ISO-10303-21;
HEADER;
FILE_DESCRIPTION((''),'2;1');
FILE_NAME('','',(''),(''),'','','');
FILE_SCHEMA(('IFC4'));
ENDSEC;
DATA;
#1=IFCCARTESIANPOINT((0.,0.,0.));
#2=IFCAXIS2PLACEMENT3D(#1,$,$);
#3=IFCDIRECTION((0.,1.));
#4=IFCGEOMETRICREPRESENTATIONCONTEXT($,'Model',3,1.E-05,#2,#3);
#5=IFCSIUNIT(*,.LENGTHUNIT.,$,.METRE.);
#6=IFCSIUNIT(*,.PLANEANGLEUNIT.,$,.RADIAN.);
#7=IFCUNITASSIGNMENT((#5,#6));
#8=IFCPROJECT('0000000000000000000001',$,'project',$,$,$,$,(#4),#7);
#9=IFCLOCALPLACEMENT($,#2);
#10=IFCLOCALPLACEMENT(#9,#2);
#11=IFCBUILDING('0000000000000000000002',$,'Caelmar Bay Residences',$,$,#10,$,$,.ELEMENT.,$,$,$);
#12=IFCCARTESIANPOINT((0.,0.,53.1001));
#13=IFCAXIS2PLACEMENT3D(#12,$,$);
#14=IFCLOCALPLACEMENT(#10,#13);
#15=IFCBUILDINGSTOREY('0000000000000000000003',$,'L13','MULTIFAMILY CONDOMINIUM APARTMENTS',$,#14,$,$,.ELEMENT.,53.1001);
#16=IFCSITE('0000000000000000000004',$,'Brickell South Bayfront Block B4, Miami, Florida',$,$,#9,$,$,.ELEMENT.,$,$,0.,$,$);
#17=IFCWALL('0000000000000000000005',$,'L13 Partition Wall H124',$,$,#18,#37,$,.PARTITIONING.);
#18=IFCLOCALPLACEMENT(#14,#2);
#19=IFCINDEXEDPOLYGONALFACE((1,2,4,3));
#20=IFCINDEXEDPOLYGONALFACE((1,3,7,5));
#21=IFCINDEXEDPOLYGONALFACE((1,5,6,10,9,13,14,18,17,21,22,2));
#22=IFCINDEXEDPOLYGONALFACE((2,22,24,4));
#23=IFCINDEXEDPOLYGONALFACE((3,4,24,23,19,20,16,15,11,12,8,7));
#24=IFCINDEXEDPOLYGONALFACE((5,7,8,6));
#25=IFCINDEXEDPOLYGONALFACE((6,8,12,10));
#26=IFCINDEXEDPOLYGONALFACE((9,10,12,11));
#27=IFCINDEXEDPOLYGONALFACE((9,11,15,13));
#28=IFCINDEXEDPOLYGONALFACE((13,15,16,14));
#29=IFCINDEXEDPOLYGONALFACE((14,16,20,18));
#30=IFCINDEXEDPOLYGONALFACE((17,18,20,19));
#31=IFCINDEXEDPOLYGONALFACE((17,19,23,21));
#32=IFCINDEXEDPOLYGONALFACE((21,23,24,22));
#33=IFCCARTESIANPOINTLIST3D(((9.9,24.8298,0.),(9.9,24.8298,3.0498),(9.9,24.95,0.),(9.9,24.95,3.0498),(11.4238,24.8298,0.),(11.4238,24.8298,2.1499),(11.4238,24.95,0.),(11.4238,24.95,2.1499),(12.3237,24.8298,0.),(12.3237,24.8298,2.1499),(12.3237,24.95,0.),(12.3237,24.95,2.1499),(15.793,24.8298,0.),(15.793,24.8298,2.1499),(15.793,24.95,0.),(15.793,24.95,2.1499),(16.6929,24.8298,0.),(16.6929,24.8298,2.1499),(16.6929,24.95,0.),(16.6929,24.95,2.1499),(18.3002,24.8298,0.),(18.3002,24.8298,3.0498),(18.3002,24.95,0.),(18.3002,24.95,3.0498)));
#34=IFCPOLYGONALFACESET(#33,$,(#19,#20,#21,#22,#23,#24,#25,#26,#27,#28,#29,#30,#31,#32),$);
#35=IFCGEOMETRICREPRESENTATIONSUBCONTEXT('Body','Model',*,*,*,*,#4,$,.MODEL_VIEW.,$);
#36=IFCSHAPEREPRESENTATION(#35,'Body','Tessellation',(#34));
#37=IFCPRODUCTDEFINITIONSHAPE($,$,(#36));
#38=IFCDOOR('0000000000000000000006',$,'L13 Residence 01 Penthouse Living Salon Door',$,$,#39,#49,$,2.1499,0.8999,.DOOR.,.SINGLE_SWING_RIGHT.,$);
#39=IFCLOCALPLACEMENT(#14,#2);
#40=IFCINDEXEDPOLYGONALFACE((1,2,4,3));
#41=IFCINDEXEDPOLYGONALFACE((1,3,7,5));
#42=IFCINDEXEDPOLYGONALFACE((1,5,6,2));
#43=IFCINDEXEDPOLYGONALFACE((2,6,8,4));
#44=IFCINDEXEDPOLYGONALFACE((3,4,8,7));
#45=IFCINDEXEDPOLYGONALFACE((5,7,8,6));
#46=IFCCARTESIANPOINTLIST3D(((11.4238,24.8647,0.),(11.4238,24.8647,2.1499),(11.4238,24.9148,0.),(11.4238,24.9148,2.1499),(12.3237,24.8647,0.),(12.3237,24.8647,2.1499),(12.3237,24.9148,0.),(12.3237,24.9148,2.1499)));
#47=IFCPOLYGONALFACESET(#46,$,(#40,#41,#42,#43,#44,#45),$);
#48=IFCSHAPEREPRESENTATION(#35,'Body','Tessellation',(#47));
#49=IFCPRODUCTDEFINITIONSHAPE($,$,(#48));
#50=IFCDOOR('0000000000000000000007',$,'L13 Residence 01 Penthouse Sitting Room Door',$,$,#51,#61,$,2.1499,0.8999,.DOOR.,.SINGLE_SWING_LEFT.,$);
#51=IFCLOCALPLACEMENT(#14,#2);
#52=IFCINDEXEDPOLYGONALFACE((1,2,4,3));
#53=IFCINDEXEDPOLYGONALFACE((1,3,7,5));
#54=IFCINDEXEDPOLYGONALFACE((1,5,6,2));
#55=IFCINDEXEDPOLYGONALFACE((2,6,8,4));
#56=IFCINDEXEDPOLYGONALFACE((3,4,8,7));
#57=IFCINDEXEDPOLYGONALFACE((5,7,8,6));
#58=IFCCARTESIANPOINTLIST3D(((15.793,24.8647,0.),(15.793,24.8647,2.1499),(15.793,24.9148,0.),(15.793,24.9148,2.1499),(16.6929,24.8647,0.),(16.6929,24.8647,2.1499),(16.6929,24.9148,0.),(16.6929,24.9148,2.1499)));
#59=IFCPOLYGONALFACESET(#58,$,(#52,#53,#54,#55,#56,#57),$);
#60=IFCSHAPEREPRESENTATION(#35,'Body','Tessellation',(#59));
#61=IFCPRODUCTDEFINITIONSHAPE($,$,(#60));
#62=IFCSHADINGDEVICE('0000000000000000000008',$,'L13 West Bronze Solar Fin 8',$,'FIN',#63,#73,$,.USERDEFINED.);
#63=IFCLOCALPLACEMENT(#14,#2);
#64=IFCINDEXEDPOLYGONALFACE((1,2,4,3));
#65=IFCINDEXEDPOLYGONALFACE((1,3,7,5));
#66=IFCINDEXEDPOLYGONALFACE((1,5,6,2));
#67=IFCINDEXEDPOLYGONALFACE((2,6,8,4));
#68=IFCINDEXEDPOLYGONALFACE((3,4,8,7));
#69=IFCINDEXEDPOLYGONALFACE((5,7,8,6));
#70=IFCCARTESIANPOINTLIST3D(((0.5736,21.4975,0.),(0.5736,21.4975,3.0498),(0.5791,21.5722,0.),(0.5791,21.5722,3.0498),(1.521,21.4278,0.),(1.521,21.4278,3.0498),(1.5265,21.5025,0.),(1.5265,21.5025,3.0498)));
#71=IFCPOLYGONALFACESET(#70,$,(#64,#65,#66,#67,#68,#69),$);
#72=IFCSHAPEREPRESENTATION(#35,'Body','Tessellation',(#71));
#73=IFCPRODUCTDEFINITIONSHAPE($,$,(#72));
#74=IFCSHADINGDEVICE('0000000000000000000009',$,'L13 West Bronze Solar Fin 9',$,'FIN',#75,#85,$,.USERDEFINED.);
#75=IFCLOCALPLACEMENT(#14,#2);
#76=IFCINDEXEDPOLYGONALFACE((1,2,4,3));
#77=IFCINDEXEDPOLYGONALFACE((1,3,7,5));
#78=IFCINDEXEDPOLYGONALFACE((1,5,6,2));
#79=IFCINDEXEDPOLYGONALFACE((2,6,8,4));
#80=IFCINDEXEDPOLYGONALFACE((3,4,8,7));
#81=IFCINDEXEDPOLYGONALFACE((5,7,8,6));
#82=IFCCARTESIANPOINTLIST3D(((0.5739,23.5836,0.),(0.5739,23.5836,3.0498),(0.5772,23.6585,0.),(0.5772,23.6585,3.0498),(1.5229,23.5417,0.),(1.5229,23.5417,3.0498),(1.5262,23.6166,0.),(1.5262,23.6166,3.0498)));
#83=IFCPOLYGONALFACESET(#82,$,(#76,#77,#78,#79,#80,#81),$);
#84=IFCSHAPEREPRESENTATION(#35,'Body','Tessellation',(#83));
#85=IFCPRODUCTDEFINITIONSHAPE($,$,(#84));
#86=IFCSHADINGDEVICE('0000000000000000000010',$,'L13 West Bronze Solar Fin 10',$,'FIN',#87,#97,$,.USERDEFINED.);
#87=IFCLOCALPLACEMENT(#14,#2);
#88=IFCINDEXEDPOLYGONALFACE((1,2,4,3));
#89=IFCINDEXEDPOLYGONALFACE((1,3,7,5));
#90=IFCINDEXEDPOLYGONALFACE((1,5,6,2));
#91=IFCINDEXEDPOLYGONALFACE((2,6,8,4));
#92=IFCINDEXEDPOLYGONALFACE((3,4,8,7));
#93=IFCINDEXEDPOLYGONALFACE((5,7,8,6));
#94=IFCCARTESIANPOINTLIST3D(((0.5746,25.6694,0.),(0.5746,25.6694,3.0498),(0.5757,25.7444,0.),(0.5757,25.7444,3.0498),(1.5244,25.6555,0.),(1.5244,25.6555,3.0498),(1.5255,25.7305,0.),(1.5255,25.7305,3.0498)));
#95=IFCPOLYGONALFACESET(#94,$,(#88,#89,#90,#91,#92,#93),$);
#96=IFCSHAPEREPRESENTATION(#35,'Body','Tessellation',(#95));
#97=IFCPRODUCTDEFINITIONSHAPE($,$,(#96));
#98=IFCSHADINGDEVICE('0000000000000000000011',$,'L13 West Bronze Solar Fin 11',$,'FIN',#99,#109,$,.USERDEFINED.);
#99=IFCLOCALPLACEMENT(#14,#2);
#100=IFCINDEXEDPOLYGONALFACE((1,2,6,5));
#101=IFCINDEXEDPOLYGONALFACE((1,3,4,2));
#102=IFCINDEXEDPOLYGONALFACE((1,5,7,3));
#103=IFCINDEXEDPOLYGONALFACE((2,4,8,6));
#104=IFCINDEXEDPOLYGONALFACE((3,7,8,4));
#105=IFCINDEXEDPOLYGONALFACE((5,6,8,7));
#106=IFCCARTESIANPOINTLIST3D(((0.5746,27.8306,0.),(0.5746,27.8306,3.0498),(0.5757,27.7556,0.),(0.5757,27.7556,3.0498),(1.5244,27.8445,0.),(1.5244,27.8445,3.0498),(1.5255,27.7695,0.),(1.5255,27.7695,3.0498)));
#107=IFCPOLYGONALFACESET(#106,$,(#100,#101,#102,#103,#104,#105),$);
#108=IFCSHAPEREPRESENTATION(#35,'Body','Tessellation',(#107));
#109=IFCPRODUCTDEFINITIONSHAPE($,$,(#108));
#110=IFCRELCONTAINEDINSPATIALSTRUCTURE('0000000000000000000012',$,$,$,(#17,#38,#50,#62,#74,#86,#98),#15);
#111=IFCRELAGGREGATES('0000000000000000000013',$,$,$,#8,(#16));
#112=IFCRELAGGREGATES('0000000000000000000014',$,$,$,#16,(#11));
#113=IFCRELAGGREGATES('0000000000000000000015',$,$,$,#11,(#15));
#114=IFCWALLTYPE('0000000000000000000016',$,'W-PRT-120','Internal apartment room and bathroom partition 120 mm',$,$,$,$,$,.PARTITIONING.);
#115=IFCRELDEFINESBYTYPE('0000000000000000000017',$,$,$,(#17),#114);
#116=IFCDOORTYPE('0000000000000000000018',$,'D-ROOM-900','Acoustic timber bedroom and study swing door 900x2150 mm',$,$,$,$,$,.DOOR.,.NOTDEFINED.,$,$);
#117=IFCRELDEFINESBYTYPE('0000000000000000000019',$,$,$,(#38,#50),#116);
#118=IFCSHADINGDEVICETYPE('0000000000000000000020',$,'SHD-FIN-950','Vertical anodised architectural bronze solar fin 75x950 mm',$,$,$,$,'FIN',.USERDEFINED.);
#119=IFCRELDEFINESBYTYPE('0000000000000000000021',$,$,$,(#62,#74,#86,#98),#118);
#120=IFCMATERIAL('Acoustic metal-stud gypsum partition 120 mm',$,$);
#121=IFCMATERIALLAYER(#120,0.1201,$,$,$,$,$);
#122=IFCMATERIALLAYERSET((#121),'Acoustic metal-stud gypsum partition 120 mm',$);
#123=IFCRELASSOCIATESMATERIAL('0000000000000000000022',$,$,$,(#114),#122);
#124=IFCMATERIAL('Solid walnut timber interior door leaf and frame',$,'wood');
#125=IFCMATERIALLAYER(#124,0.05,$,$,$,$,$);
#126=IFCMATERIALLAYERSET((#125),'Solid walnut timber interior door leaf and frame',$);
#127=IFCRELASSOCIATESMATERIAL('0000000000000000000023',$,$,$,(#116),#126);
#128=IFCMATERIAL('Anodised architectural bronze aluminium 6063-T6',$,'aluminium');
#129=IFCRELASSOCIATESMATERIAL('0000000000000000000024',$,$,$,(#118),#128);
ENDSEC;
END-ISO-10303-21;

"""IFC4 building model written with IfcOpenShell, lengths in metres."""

from ifc_helpers import new_model, si_unit, direction, frame, frame_2d, origin, origin_2d, place, context, subcontext, project, spatial, rectangle, extrude, material, layer, layer_set, material_profile, profile_set, type_object, element, fill, save


model = new_model("IFC4")

# Units and contexts
model_context = context("Model", 3, precision=1e-05, world=origin(), true_north=direction((0.0, 1.0)))
body_context = subcontext(model_context, "Body", "Model", "MODEL_VIEW")
ifc_project = project(units=[si_unit("LENGTHUNIT", "METRE"), si_unit("PLANEANGLEUNIT", "RADIAN")], contexts=[model_context])

# Site, building, storey
site_placement = place(None, origin())
site = spatial("IfcSite", under=ifc_project, at=site_placement, Name="Brickell South Bayfront Block B4, Miami, Florida", CompositionType="ELEMENT", RefElevation=0.0)
building_placement = place(site_placement, origin())
building = spatial("IfcBuilding", under=site, at=building_placement, Name="Caelmar Bay Residences", CompositionType="ELEMENT")
storey_placement = place(building_placement, frame((0.0, 0.0, 53.1001)))
storey = spatial("IfcBuildingStorey", under=building, at=storey_placement, Name="L13", Description="MULTIFAMILY CONDOMINIUM APARTMENTS", CompositionType="ELEMENT", Elevation=53.1001)

# Shared definitions
ifc_material_1 = material(Name="Acoustic metal-stud gypsum partition 120 mm")
ifc_layer_1 = layer(ifc_material_1, 0.1201)
ifc_layer_set_1 = layer_set([ifc_layer_1], Name="Acoustic metal-stud gypsum partition 120 mm")
wall_type_1 = type_object("IfcWallType", Name="W-PRT-120", Description="Internal apartment room and bathroom partition 120 mm", PredefinedType="PARTITIONING", material=ifc_layer_set_1)

# Shared definitions
ifc_material_2 = material(Name="Solid walnut timber interior door leaf and frame", Category="wood")
ifc_layer_2 = layer(ifc_material_2, 0.05)
ifc_layer_set_2 = layer_set([ifc_layer_2], Name="Solid walnut timber interior door leaf and frame")
door_type = type_object("IfcDoorType", Name="D-ROOM-900", Description="Acoustic timber bedroom and study swing door 900x2150 mm", OperationType="NOTDEFINED", PredefinedType="DOOR", material=ifc_layer_set_2)

# Wall, openings, doors
wall_1_placement = place(storey_placement, frame((9.8999, 24.8899, 0.0), z_axis=(0.0, 0.0, 1.0), x_axis=(1.0, 0.0, 0.0)))
wall_1 = element("IfcWall", 1, at=wall_1_placement, inside=storey, type_object=wall_type_1, Name="L13 Partition Wall H124", PredefinedType="PARTITIONING", context=body_context, shape_type="SweptSolid", body=[
    extrude(rectangle(XDim=8.4001, YDim=0.1201, at=frame_2d((4.2002, 0.0))), origin(), (0.0, 0.0, 1.0), 3.0498),
])
opening_1_placement = place(wall_1_placement, frame((1.5239, 0.0, 0.0)))
opening_1 = element("IfcOpeningElement", 2, at=opening_1_placement, cuts=wall_1, PredefinedType="OPENING", context=body_context, shape_type="SweptSolid", body=[
    extrude(rectangle(XDim=0.8999, YDim=2.1499, at=frame_2d((0.45, 1.075))), frame((0.0, 0.0701, 0.0), z_axis=(0.0, -1.0, 0.0), x_axis=(1.0, 0.0, 0.0)), (0.0, 0.0, 1.0), 0.1401),
])
opening_2_placement = place(wall_1_placement, frame((5.8931, 0.0, 0.0)))
opening_2 = element("IfcOpeningElement", 3, at=opening_2_placement, cuts=wall_1, PredefinedType="OPENING", context=body_context, shape_type="SweptSolid", body=[
    extrude(rectangle(XDim=0.8999, YDim=2.1499, at=frame_2d((0.45, 1.075))), frame((0.0, 0.0701, 0.0), z_axis=(0.0, -1.0, 0.0), x_axis=(1.0, 0.0, 0.0)), (0.0, 0.0, 1.0), 0.1401),
])
door_1_placement = place(opening_1_placement, origin())
door_1 = element("IfcDoor", 4, at=door_1_placement, inside=storey, type_object=door_type, Name="L13 Residence 01 Penthouse Living Salon Door", OperationType="SINGLE_SWING_RIGHT", OverallHeight=2.1499, OverallWidth=0.8999, PredefinedType="DOOR", context=body_context, shape_type="SweptSolid", body=[
    extrude(rectangle(XDim=0.8999, YDim=2.1499, at=frame_2d((0.45, 1.075))), frame((0.0, 0.0249, 0.0), z_axis=(0.0, -1.0, 0.0), x_axis=(1.0, 0.0, 0.0)), (0.0, 0.0, 1.0), 0.05),
])
fill(opening_1, door_1)
door_2_placement = place(opening_2_placement, origin())
door_2 = element("IfcDoor", 5, at=door_2_placement, inside=storey, type_object=door_type, Name="L13 Residence 01 Penthouse Sitting Room Door", OperationType="SINGLE_SWING_LEFT", OverallHeight=2.1499, OverallWidth=0.8999, PredefinedType="DOOR", context=body_context, shape_type="SweptSolid", body=[
    extrude(rectangle(XDim=0.8999, YDim=2.1499, at=frame_2d((0.45, 1.075))), frame((0.0, 0.0249, 0.0), z_axis=(0.0, -1.0, 0.0), x_axis=(1.0, 0.0, 0.0)), (0.0, 0.0, 1.0), 0.05),
])
fill(opening_2, door_2)

# Shading devices
ifc_material_3 = material(Name="Anodised architectural bronze aluminium 6063-T6", Category="aluminium")
ifc_material_profile_1 = material_profile(ifc_material_3, rectangle(XDim=0.075, YDim=0.95, at=origin_2d()), Name="BRONZE-FIN-75X950")
ifc_profile_set_1 = profile_set([ifc_material_profile_1], Name="Anodised architectural bronze aluminium 6063-T6")
shading_device_type = type_object("IfcShadingDeviceType", Name="SHD-FIN-950", Description="Vertical anodised architectural bronze solar fin 75x950 mm", ElementType="FIN", PredefinedType="USERDEFINED", material=ifc_profile_set_1)
for number, where, z_axis, x_axis, name in (
    (6, (1.05, 21.5, 0.0), (0.0, 0.0, 1.0), (0.073412, 0.997302, 0.0), "L13 West Bronze Solar Fin 8"),
    (7, (1.05, 23.6001, 0.0), (0.0, 0.0, 1.0), (0.044142, 0.999025, 0.0), "L13 West Bronze Solar Fin 9"),
    (8, (1.05, 25.7, 0.0), (0.0, 0.0, 1.0), (0.01466, 0.999893, 0.0), "L13 West Bronze Solar Fin 10"),
    (9, (1.05, 27.8, 0.0), (0.0, 0.0, 1.0), (-0.01466, 0.999893, 0.0), "L13 West Bronze Solar Fin 11"),
):
    element("IfcShadingDevice", number, at=place(storey_placement, frame(where, z_axis=z_axis, x_axis=x_axis)), inside=storey, type_object=shading_device_type, Name=name, ObjectType="FIN", PredefinedType="USERDEFINED", context=body_context, shape_type="SweptSolid", body=[
        extrude(rectangle(XDim=0.075, YDim=0.95, at=origin_2d()), origin(), (0.0, 0.0, 1.0), 3.0498),
    ])

save(model, "model.ifc")
